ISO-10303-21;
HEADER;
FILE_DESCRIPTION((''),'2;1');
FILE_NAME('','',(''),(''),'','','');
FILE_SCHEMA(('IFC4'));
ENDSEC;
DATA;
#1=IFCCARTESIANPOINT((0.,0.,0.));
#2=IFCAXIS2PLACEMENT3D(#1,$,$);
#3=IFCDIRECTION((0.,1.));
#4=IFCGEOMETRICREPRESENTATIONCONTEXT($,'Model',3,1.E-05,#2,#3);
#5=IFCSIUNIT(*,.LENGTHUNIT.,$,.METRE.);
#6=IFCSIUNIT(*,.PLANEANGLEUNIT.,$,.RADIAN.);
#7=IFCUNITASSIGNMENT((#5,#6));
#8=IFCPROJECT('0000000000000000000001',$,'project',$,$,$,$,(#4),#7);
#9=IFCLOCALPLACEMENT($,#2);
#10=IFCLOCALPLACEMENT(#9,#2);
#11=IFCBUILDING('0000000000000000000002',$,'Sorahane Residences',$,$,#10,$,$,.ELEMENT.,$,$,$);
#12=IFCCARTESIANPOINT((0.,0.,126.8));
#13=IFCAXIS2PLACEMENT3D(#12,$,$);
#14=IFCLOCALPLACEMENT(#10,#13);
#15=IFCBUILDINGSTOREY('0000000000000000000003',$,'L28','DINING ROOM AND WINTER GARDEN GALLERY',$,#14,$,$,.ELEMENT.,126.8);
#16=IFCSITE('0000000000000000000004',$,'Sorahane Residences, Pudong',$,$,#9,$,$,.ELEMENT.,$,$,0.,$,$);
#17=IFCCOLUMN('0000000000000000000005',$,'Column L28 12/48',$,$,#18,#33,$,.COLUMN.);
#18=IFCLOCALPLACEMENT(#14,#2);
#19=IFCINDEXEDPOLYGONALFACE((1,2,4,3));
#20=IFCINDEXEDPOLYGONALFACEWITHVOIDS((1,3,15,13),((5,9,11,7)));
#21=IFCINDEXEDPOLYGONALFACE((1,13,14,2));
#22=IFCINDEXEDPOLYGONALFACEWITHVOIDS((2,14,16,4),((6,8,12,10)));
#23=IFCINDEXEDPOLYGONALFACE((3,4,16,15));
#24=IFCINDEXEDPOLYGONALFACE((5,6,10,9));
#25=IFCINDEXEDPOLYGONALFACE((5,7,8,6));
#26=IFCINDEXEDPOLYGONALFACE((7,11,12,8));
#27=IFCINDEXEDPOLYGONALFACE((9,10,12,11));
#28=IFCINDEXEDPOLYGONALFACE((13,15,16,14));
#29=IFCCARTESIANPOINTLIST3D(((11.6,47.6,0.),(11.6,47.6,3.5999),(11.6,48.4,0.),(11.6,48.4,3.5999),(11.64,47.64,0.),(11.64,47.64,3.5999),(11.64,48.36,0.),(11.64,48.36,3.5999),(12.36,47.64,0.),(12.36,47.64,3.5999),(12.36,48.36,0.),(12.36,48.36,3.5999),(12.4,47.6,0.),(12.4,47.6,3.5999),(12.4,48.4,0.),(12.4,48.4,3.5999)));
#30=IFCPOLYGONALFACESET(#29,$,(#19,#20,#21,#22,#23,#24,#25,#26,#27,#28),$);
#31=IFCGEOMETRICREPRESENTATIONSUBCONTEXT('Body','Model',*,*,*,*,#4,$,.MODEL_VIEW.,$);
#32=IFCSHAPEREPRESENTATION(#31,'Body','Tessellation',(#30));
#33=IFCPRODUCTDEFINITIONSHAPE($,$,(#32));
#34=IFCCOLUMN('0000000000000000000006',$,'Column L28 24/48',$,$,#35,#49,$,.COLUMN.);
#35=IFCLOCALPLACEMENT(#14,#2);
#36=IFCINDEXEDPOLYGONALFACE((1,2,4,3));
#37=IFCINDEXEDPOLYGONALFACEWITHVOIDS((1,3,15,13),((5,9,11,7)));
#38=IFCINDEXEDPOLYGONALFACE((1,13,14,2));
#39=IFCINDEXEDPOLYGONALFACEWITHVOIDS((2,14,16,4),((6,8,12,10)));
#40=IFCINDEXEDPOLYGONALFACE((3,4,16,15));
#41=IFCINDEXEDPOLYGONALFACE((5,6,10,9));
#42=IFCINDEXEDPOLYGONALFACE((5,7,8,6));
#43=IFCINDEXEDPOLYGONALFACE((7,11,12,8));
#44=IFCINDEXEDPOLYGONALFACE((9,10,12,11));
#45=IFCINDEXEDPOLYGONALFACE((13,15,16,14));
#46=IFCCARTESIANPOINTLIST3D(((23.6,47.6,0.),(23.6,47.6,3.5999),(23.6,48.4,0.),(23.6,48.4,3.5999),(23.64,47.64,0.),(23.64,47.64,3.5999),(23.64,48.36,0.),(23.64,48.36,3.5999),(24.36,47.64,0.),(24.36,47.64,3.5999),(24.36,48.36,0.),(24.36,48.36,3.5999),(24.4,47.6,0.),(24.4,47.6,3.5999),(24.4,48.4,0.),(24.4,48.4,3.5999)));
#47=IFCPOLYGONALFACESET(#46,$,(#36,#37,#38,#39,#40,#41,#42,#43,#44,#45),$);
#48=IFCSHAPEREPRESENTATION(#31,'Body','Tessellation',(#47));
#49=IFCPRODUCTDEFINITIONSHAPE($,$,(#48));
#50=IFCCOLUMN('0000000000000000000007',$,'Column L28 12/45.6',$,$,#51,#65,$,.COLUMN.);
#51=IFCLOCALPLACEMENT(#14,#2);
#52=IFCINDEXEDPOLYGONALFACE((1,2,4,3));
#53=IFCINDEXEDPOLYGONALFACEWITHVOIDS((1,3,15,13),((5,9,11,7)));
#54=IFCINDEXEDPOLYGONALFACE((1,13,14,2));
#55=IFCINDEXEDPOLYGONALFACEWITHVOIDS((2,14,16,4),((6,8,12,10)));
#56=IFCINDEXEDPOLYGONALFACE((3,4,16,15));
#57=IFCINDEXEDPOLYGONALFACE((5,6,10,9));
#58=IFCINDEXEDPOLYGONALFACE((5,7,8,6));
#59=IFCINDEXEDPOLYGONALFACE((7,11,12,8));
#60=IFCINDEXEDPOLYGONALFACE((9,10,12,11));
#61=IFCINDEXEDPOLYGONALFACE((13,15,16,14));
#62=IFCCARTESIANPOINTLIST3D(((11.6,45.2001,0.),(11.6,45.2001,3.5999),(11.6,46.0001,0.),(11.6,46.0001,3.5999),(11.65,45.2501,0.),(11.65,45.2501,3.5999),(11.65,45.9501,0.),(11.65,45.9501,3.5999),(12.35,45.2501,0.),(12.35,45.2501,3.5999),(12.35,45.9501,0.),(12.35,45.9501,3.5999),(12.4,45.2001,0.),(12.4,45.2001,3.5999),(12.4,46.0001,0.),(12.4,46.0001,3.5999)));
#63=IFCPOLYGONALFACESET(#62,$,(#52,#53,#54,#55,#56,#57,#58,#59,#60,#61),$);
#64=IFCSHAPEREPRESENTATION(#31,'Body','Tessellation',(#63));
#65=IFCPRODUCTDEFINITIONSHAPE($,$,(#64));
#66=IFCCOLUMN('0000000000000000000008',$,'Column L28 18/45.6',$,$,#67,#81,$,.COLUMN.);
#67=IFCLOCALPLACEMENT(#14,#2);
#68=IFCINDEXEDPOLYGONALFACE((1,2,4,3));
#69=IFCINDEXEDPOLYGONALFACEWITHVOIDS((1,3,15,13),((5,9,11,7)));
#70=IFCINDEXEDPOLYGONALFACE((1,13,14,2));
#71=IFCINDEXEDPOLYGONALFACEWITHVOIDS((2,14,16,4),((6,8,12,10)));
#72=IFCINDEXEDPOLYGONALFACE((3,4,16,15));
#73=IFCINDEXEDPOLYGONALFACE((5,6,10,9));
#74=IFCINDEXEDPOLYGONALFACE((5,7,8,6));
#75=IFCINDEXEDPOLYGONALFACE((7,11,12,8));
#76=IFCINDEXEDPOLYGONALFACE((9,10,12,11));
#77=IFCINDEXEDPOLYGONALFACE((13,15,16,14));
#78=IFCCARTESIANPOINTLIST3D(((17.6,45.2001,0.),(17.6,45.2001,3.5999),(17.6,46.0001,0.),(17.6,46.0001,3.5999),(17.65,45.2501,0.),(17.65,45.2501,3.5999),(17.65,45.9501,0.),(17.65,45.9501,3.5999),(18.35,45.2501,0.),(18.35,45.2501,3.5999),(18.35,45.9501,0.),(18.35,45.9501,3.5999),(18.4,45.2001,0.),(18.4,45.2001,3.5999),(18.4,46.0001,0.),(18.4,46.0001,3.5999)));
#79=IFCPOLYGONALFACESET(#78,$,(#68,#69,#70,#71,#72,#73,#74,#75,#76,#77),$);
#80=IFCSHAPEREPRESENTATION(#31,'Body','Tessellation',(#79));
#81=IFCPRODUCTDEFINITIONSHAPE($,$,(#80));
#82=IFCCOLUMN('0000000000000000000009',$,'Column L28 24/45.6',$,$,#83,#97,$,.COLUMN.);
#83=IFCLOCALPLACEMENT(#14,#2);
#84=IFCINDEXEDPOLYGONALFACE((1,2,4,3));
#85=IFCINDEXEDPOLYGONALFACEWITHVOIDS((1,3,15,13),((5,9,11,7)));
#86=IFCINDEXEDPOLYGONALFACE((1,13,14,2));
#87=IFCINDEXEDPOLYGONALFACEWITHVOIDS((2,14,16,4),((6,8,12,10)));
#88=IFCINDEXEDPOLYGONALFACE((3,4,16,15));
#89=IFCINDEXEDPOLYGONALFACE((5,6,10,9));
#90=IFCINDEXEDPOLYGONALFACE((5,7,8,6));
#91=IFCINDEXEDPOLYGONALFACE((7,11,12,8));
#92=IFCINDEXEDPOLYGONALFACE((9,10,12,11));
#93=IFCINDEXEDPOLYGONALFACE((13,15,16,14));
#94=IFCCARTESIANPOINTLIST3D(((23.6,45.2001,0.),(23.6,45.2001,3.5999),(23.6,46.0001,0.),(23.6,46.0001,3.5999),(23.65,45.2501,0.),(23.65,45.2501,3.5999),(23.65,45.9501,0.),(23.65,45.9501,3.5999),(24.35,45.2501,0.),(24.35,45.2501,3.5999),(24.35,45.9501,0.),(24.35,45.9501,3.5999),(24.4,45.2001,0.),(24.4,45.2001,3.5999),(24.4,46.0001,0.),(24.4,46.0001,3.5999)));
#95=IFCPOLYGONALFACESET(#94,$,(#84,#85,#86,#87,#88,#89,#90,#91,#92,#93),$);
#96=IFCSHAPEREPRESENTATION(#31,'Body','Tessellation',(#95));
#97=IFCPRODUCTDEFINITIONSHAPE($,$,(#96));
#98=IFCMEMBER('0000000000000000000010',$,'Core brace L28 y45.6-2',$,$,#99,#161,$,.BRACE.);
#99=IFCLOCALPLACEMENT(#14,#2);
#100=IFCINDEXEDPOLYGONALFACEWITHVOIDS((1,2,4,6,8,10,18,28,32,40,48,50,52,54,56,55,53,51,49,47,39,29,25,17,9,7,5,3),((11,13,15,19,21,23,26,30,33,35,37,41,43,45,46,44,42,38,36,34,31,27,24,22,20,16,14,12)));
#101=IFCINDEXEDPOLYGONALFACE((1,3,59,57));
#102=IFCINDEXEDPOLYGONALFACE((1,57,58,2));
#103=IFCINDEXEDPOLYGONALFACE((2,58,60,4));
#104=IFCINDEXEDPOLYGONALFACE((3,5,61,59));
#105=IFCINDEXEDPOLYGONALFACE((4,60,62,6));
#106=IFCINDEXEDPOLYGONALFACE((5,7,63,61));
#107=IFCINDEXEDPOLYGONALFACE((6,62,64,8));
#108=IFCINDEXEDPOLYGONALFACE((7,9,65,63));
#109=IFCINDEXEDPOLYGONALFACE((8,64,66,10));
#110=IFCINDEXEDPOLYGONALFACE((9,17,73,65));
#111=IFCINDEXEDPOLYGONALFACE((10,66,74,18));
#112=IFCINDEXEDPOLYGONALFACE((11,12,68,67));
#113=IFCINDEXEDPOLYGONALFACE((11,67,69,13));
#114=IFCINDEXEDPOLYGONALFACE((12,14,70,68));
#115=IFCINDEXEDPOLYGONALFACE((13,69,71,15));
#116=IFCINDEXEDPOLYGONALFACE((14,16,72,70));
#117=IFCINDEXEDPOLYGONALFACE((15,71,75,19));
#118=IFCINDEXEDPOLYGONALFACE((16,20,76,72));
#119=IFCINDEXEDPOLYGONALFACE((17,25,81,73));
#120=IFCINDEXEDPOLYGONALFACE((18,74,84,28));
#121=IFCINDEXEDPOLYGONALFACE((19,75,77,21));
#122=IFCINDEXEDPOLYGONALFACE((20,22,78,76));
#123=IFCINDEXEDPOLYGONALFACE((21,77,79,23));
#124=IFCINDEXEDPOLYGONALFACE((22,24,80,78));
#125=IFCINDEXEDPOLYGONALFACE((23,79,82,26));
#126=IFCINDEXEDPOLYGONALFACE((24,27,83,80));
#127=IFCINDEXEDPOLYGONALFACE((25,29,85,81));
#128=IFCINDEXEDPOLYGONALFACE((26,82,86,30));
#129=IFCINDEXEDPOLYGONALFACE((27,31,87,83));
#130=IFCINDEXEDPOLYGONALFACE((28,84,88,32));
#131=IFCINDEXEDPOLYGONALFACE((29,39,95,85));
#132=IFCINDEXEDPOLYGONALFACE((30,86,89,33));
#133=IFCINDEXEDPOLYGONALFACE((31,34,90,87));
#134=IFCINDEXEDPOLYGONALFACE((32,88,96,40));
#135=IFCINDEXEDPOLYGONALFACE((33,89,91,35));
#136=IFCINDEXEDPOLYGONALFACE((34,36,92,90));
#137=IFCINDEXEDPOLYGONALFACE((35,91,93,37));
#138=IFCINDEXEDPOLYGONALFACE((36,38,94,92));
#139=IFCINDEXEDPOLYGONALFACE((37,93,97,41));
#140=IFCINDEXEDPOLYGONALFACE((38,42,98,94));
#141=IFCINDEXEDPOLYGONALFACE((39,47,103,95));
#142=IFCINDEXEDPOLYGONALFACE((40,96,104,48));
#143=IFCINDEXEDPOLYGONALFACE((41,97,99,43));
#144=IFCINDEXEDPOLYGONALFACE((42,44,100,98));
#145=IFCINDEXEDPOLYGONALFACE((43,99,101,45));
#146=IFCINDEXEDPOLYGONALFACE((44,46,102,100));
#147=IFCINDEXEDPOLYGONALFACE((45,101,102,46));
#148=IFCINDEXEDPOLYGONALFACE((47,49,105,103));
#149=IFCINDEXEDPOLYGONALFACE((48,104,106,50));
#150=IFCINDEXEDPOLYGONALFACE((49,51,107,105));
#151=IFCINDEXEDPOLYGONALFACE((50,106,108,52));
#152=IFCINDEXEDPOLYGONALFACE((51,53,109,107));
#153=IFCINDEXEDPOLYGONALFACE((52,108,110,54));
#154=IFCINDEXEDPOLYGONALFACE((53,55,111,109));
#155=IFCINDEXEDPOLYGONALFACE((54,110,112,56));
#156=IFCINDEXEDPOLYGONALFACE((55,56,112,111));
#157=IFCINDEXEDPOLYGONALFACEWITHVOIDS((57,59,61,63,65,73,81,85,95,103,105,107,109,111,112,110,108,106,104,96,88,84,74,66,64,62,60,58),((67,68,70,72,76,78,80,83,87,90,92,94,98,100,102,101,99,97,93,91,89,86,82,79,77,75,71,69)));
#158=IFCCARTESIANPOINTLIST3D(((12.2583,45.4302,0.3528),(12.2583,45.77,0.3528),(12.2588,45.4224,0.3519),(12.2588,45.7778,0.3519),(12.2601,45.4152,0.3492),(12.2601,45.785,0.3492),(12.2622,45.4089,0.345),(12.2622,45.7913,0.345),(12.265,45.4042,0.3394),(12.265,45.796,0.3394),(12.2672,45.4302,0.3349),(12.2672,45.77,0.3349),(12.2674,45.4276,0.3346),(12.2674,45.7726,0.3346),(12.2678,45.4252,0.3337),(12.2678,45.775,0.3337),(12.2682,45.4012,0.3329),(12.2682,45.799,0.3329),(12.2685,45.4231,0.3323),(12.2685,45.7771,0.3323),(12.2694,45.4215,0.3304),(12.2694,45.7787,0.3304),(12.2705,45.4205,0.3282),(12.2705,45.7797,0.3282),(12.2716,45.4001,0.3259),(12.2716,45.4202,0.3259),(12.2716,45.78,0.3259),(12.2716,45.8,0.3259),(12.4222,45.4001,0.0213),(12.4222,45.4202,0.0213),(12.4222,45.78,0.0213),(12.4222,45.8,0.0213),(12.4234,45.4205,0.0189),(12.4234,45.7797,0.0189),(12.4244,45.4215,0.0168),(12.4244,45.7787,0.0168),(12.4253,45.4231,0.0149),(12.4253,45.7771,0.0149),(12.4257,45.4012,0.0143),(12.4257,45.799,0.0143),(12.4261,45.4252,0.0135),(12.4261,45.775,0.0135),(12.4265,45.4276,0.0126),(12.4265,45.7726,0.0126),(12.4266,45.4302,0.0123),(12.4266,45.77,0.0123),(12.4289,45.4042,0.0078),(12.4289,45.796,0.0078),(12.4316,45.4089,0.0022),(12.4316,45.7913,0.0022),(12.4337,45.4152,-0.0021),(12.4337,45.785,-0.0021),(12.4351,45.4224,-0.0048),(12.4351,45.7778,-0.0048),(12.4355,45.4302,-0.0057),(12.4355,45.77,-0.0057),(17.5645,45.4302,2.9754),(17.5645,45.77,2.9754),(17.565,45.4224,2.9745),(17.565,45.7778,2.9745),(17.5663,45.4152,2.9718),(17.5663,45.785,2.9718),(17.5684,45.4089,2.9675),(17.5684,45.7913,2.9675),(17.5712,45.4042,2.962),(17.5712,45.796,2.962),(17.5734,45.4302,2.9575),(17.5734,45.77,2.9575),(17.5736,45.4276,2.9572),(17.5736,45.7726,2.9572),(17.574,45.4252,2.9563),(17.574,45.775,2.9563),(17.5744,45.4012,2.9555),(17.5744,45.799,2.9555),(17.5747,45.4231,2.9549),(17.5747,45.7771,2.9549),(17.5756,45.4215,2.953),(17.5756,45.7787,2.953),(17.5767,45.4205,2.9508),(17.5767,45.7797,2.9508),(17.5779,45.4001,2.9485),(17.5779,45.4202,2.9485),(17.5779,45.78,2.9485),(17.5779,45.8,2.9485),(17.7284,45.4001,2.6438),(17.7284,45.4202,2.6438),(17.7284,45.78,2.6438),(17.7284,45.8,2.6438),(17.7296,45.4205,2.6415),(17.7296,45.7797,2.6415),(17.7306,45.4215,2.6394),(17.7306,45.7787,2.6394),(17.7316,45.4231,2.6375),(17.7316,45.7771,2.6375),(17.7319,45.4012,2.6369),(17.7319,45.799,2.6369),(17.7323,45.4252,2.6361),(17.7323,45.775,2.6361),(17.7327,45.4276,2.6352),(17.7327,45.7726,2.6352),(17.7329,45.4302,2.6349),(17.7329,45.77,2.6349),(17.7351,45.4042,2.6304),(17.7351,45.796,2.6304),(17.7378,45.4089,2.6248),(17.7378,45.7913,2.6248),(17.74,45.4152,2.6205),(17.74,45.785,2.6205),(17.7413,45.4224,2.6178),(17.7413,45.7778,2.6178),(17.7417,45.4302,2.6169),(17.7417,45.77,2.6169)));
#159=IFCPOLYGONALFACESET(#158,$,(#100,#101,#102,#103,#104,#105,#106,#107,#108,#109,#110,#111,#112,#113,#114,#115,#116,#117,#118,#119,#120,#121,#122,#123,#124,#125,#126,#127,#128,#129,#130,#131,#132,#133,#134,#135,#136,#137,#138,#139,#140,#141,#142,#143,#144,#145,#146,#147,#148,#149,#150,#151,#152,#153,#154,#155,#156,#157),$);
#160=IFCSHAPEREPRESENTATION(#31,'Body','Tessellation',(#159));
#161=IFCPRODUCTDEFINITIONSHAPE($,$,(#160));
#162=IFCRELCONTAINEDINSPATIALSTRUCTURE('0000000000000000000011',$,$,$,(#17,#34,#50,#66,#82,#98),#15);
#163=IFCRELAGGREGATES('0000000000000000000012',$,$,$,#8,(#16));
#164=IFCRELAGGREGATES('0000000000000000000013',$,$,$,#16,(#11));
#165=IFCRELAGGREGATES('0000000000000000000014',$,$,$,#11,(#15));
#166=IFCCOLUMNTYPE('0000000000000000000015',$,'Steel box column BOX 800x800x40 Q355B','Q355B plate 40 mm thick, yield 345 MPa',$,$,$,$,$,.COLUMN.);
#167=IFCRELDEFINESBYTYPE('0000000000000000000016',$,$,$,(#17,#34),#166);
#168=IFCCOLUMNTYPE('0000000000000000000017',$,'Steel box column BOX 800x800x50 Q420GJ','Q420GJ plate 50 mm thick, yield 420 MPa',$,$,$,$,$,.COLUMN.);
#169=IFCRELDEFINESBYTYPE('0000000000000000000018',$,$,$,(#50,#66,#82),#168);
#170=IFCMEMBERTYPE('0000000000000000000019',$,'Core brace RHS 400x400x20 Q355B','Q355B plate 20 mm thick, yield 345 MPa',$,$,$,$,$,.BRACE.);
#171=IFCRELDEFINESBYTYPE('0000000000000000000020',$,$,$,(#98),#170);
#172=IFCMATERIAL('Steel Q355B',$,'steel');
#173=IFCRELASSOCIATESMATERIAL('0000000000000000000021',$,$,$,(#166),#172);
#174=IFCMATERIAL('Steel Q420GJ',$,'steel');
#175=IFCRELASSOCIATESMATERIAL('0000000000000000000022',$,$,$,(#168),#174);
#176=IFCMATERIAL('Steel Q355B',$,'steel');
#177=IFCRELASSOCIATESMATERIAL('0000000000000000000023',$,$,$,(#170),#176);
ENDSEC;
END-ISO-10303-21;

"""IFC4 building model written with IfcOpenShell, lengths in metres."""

from ifc_helpers import new_model, si_unit, direction, frame, origin, origin_2d, place, context, subcontext, project, spatial, hollow_rectangle, extrude, material, material_profile, profile_set, type_object, element, save


model = new_model("IFC4")

# Units and contexts
model_context = context("Model", 3, precision=1e-05, world=origin(), true_north=direction((0.0, 1.0)))
body_context = subcontext(model_context, "Body", "Model", "MODEL_VIEW")
ifc_project = project(units=[si_unit("LENGTHUNIT", "METRE"), si_unit("PLANEANGLEUNIT", "RADIAN")], contexts=[model_context])

# Site, building, storey
site_placement = place(None, origin())
site = spatial("IfcSite", under=ifc_project, at=site_placement, Name="Sorahane Residences, Pudong", CompositionType="ELEMENT", RefElevation=0.0)
building_placement = place(site_placement, origin())
building = spatial("IfcBuilding", under=site, at=building_placement, Name="Sorahane Residences", CompositionType="ELEMENT")
storey_placement = place(building_placement, frame((0.0, 0.0, 126.8)))
storey = spatial("IfcBuildingStorey", under=building, at=storey_placement, Name="L28", Description="DINING ROOM AND WINTER GARDEN GALLERY", CompositionType="ELEMENT", Elevation=126.8)

# Columns
ifc_material_1 = material(Name="Steel Q355B", Category="steel")
ifc_material_profile_1 = material_profile(ifc_material_1, hollow_rectangle(XDim=0.8, YDim=0.8, WallThickness=0.04, at=origin_2d()), Name="BOX 800x800x40")
ifc_profile_set_1 = profile_set([ifc_material_profile_1], Name="Steel Q355B")
column_type_1 = type_object("IfcColumnType", Name="Steel box column BOX 800x800x40 Q355B", Description="Q355B plate 40 mm thick, yield 345 MPa", PredefinedType="COLUMN", material=ifc_profile_set_1)
for number, where, z_axis, x_axis, name in (
    (1, (12.0, 48.0, 0.0), (0.0, 0.0, 1.0), (1.0, 0.0, 0.0), "Column L28 12/48"),
    (2, (24.0, 48.0, 0.0), (0.0, 0.0, 1.0), (1.0, 0.0, 0.0), "Column L28 24/48"),
):
    element("IfcColumn", number, at=place(storey_placement, frame(where, z_axis=z_axis, x_axis=x_axis)), inside=storey, type_object=column_type_1, Name=name, PredefinedType="COLUMN", context=body_context, shape_type="SweptSolid", body=[
        extrude(hollow_rectangle(XDim=0.8, YDim=0.8, WallThickness=0.04, at=origin_2d()), origin(), (0.0, 0.0, 1.0), 3.5999),
    ])
ifc_material_2 = material(Name="Steel Q420GJ", Category="steel")
ifc_material_profile_2 = material_profile(ifc_material_2, hollow_rectangle(XDim=0.8, YDim=0.8, WallThickness=0.05, at=origin_2d()), Name="BOX 800x800x50")
ifc_profile_set_2 = profile_set([ifc_material_profile_2], Name="Steel Q420GJ")
column_type_2 = type_object("IfcColumnType", Name="Steel box column BOX 800x800x50 Q420GJ", Description="Q420GJ plate 50 mm thick, yield 420 MPa", PredefinedType="COLUMN", material=ifc_profile_set_2)
for number, where, z_axis, x_axis, name in (
    (3, (12.0, 45.6001, 0.0), (0.0, 0.0, 1.0), (1.0, 0.0, 0.0), "Column L28 12/45.6"),
    (4, (18.0, 45.6001, 0.0), (0.0, 0.0, 1.0), (1.0, 0.0, 0.0), "Column L28 18/45.6"),
    (5, (24.0, 45.6001, 0.0), (0.0, 0.0, 1.0), (1.0, 0.0, 0.0), "Column L28 24/45.6"),
):
    element("IfcColumn", number, at=place(storey_placement, frame(where, z_axis=z_axis, x_axis=x_axis)), inside=storey, type_object=column_type_2, Name=name, PredefinedType="COLUMN", context=body_context, shape_type="SweptSolid", body=[
        extrude(hollow_rectangle(XDim=0.8, YDim=0.8, WallThickness=0.05, at=origin_2d()), origin(), (0.0, 0.0, 1.0), 3.5999),
    ])

# Member
ifc_material_3 = material(Name="Steel Q355B", Category="steel")
ifc_material_profile_3 = material_profile(ifc_material_3, hollow_rectangle(XDim=0.3999, YDim=0.3999, WallThickness=0.02, InnerFilletRadius=0.01, OuterFilletRadius=0.03, at=origin_2d()), Name="RHS 400x400x20")
ifc_profile_set_3 = profile_set([ifc_material_profile_3], Name="Steel Q355B")
member_type_1 = type_object("IfcMemberType", Name="Core brace RHS 400x400x20 Q355B", Description="Q355B plate 20 mm thick, yield 345 MPa", PredefinedType="BRACE", material=ifc_profile_set_3)
for number, where, z_axis, x_axis, name in (
    (6, (12.3469, 45.6001, 0.1736), (0.89648, 0.0, 0.443084), (0.0, 1.0, 0.0), "Core brace L28 y45.6-2"),
):
    element("IfcMember", number, at=place(storey_placement, frame(where, z_axis=z_axis, x_axis=x_axis)), inside=storey, type_object=member_type_1, Name=name, PredefinedType="BRACE", context=body_context, shape_type="SweptSolid", body=[
        extrude(hollow_rectangle(XDim=0.3999, YDim=0.3999, WallThickness=0.02, InnerFilletRadius=0.01, OuterFilletRadius=0.03, at=origin_2d()), origin(), (0.0, 0.0, 1.0), 5.9189),
    ])

save(model, "model.ifc")
